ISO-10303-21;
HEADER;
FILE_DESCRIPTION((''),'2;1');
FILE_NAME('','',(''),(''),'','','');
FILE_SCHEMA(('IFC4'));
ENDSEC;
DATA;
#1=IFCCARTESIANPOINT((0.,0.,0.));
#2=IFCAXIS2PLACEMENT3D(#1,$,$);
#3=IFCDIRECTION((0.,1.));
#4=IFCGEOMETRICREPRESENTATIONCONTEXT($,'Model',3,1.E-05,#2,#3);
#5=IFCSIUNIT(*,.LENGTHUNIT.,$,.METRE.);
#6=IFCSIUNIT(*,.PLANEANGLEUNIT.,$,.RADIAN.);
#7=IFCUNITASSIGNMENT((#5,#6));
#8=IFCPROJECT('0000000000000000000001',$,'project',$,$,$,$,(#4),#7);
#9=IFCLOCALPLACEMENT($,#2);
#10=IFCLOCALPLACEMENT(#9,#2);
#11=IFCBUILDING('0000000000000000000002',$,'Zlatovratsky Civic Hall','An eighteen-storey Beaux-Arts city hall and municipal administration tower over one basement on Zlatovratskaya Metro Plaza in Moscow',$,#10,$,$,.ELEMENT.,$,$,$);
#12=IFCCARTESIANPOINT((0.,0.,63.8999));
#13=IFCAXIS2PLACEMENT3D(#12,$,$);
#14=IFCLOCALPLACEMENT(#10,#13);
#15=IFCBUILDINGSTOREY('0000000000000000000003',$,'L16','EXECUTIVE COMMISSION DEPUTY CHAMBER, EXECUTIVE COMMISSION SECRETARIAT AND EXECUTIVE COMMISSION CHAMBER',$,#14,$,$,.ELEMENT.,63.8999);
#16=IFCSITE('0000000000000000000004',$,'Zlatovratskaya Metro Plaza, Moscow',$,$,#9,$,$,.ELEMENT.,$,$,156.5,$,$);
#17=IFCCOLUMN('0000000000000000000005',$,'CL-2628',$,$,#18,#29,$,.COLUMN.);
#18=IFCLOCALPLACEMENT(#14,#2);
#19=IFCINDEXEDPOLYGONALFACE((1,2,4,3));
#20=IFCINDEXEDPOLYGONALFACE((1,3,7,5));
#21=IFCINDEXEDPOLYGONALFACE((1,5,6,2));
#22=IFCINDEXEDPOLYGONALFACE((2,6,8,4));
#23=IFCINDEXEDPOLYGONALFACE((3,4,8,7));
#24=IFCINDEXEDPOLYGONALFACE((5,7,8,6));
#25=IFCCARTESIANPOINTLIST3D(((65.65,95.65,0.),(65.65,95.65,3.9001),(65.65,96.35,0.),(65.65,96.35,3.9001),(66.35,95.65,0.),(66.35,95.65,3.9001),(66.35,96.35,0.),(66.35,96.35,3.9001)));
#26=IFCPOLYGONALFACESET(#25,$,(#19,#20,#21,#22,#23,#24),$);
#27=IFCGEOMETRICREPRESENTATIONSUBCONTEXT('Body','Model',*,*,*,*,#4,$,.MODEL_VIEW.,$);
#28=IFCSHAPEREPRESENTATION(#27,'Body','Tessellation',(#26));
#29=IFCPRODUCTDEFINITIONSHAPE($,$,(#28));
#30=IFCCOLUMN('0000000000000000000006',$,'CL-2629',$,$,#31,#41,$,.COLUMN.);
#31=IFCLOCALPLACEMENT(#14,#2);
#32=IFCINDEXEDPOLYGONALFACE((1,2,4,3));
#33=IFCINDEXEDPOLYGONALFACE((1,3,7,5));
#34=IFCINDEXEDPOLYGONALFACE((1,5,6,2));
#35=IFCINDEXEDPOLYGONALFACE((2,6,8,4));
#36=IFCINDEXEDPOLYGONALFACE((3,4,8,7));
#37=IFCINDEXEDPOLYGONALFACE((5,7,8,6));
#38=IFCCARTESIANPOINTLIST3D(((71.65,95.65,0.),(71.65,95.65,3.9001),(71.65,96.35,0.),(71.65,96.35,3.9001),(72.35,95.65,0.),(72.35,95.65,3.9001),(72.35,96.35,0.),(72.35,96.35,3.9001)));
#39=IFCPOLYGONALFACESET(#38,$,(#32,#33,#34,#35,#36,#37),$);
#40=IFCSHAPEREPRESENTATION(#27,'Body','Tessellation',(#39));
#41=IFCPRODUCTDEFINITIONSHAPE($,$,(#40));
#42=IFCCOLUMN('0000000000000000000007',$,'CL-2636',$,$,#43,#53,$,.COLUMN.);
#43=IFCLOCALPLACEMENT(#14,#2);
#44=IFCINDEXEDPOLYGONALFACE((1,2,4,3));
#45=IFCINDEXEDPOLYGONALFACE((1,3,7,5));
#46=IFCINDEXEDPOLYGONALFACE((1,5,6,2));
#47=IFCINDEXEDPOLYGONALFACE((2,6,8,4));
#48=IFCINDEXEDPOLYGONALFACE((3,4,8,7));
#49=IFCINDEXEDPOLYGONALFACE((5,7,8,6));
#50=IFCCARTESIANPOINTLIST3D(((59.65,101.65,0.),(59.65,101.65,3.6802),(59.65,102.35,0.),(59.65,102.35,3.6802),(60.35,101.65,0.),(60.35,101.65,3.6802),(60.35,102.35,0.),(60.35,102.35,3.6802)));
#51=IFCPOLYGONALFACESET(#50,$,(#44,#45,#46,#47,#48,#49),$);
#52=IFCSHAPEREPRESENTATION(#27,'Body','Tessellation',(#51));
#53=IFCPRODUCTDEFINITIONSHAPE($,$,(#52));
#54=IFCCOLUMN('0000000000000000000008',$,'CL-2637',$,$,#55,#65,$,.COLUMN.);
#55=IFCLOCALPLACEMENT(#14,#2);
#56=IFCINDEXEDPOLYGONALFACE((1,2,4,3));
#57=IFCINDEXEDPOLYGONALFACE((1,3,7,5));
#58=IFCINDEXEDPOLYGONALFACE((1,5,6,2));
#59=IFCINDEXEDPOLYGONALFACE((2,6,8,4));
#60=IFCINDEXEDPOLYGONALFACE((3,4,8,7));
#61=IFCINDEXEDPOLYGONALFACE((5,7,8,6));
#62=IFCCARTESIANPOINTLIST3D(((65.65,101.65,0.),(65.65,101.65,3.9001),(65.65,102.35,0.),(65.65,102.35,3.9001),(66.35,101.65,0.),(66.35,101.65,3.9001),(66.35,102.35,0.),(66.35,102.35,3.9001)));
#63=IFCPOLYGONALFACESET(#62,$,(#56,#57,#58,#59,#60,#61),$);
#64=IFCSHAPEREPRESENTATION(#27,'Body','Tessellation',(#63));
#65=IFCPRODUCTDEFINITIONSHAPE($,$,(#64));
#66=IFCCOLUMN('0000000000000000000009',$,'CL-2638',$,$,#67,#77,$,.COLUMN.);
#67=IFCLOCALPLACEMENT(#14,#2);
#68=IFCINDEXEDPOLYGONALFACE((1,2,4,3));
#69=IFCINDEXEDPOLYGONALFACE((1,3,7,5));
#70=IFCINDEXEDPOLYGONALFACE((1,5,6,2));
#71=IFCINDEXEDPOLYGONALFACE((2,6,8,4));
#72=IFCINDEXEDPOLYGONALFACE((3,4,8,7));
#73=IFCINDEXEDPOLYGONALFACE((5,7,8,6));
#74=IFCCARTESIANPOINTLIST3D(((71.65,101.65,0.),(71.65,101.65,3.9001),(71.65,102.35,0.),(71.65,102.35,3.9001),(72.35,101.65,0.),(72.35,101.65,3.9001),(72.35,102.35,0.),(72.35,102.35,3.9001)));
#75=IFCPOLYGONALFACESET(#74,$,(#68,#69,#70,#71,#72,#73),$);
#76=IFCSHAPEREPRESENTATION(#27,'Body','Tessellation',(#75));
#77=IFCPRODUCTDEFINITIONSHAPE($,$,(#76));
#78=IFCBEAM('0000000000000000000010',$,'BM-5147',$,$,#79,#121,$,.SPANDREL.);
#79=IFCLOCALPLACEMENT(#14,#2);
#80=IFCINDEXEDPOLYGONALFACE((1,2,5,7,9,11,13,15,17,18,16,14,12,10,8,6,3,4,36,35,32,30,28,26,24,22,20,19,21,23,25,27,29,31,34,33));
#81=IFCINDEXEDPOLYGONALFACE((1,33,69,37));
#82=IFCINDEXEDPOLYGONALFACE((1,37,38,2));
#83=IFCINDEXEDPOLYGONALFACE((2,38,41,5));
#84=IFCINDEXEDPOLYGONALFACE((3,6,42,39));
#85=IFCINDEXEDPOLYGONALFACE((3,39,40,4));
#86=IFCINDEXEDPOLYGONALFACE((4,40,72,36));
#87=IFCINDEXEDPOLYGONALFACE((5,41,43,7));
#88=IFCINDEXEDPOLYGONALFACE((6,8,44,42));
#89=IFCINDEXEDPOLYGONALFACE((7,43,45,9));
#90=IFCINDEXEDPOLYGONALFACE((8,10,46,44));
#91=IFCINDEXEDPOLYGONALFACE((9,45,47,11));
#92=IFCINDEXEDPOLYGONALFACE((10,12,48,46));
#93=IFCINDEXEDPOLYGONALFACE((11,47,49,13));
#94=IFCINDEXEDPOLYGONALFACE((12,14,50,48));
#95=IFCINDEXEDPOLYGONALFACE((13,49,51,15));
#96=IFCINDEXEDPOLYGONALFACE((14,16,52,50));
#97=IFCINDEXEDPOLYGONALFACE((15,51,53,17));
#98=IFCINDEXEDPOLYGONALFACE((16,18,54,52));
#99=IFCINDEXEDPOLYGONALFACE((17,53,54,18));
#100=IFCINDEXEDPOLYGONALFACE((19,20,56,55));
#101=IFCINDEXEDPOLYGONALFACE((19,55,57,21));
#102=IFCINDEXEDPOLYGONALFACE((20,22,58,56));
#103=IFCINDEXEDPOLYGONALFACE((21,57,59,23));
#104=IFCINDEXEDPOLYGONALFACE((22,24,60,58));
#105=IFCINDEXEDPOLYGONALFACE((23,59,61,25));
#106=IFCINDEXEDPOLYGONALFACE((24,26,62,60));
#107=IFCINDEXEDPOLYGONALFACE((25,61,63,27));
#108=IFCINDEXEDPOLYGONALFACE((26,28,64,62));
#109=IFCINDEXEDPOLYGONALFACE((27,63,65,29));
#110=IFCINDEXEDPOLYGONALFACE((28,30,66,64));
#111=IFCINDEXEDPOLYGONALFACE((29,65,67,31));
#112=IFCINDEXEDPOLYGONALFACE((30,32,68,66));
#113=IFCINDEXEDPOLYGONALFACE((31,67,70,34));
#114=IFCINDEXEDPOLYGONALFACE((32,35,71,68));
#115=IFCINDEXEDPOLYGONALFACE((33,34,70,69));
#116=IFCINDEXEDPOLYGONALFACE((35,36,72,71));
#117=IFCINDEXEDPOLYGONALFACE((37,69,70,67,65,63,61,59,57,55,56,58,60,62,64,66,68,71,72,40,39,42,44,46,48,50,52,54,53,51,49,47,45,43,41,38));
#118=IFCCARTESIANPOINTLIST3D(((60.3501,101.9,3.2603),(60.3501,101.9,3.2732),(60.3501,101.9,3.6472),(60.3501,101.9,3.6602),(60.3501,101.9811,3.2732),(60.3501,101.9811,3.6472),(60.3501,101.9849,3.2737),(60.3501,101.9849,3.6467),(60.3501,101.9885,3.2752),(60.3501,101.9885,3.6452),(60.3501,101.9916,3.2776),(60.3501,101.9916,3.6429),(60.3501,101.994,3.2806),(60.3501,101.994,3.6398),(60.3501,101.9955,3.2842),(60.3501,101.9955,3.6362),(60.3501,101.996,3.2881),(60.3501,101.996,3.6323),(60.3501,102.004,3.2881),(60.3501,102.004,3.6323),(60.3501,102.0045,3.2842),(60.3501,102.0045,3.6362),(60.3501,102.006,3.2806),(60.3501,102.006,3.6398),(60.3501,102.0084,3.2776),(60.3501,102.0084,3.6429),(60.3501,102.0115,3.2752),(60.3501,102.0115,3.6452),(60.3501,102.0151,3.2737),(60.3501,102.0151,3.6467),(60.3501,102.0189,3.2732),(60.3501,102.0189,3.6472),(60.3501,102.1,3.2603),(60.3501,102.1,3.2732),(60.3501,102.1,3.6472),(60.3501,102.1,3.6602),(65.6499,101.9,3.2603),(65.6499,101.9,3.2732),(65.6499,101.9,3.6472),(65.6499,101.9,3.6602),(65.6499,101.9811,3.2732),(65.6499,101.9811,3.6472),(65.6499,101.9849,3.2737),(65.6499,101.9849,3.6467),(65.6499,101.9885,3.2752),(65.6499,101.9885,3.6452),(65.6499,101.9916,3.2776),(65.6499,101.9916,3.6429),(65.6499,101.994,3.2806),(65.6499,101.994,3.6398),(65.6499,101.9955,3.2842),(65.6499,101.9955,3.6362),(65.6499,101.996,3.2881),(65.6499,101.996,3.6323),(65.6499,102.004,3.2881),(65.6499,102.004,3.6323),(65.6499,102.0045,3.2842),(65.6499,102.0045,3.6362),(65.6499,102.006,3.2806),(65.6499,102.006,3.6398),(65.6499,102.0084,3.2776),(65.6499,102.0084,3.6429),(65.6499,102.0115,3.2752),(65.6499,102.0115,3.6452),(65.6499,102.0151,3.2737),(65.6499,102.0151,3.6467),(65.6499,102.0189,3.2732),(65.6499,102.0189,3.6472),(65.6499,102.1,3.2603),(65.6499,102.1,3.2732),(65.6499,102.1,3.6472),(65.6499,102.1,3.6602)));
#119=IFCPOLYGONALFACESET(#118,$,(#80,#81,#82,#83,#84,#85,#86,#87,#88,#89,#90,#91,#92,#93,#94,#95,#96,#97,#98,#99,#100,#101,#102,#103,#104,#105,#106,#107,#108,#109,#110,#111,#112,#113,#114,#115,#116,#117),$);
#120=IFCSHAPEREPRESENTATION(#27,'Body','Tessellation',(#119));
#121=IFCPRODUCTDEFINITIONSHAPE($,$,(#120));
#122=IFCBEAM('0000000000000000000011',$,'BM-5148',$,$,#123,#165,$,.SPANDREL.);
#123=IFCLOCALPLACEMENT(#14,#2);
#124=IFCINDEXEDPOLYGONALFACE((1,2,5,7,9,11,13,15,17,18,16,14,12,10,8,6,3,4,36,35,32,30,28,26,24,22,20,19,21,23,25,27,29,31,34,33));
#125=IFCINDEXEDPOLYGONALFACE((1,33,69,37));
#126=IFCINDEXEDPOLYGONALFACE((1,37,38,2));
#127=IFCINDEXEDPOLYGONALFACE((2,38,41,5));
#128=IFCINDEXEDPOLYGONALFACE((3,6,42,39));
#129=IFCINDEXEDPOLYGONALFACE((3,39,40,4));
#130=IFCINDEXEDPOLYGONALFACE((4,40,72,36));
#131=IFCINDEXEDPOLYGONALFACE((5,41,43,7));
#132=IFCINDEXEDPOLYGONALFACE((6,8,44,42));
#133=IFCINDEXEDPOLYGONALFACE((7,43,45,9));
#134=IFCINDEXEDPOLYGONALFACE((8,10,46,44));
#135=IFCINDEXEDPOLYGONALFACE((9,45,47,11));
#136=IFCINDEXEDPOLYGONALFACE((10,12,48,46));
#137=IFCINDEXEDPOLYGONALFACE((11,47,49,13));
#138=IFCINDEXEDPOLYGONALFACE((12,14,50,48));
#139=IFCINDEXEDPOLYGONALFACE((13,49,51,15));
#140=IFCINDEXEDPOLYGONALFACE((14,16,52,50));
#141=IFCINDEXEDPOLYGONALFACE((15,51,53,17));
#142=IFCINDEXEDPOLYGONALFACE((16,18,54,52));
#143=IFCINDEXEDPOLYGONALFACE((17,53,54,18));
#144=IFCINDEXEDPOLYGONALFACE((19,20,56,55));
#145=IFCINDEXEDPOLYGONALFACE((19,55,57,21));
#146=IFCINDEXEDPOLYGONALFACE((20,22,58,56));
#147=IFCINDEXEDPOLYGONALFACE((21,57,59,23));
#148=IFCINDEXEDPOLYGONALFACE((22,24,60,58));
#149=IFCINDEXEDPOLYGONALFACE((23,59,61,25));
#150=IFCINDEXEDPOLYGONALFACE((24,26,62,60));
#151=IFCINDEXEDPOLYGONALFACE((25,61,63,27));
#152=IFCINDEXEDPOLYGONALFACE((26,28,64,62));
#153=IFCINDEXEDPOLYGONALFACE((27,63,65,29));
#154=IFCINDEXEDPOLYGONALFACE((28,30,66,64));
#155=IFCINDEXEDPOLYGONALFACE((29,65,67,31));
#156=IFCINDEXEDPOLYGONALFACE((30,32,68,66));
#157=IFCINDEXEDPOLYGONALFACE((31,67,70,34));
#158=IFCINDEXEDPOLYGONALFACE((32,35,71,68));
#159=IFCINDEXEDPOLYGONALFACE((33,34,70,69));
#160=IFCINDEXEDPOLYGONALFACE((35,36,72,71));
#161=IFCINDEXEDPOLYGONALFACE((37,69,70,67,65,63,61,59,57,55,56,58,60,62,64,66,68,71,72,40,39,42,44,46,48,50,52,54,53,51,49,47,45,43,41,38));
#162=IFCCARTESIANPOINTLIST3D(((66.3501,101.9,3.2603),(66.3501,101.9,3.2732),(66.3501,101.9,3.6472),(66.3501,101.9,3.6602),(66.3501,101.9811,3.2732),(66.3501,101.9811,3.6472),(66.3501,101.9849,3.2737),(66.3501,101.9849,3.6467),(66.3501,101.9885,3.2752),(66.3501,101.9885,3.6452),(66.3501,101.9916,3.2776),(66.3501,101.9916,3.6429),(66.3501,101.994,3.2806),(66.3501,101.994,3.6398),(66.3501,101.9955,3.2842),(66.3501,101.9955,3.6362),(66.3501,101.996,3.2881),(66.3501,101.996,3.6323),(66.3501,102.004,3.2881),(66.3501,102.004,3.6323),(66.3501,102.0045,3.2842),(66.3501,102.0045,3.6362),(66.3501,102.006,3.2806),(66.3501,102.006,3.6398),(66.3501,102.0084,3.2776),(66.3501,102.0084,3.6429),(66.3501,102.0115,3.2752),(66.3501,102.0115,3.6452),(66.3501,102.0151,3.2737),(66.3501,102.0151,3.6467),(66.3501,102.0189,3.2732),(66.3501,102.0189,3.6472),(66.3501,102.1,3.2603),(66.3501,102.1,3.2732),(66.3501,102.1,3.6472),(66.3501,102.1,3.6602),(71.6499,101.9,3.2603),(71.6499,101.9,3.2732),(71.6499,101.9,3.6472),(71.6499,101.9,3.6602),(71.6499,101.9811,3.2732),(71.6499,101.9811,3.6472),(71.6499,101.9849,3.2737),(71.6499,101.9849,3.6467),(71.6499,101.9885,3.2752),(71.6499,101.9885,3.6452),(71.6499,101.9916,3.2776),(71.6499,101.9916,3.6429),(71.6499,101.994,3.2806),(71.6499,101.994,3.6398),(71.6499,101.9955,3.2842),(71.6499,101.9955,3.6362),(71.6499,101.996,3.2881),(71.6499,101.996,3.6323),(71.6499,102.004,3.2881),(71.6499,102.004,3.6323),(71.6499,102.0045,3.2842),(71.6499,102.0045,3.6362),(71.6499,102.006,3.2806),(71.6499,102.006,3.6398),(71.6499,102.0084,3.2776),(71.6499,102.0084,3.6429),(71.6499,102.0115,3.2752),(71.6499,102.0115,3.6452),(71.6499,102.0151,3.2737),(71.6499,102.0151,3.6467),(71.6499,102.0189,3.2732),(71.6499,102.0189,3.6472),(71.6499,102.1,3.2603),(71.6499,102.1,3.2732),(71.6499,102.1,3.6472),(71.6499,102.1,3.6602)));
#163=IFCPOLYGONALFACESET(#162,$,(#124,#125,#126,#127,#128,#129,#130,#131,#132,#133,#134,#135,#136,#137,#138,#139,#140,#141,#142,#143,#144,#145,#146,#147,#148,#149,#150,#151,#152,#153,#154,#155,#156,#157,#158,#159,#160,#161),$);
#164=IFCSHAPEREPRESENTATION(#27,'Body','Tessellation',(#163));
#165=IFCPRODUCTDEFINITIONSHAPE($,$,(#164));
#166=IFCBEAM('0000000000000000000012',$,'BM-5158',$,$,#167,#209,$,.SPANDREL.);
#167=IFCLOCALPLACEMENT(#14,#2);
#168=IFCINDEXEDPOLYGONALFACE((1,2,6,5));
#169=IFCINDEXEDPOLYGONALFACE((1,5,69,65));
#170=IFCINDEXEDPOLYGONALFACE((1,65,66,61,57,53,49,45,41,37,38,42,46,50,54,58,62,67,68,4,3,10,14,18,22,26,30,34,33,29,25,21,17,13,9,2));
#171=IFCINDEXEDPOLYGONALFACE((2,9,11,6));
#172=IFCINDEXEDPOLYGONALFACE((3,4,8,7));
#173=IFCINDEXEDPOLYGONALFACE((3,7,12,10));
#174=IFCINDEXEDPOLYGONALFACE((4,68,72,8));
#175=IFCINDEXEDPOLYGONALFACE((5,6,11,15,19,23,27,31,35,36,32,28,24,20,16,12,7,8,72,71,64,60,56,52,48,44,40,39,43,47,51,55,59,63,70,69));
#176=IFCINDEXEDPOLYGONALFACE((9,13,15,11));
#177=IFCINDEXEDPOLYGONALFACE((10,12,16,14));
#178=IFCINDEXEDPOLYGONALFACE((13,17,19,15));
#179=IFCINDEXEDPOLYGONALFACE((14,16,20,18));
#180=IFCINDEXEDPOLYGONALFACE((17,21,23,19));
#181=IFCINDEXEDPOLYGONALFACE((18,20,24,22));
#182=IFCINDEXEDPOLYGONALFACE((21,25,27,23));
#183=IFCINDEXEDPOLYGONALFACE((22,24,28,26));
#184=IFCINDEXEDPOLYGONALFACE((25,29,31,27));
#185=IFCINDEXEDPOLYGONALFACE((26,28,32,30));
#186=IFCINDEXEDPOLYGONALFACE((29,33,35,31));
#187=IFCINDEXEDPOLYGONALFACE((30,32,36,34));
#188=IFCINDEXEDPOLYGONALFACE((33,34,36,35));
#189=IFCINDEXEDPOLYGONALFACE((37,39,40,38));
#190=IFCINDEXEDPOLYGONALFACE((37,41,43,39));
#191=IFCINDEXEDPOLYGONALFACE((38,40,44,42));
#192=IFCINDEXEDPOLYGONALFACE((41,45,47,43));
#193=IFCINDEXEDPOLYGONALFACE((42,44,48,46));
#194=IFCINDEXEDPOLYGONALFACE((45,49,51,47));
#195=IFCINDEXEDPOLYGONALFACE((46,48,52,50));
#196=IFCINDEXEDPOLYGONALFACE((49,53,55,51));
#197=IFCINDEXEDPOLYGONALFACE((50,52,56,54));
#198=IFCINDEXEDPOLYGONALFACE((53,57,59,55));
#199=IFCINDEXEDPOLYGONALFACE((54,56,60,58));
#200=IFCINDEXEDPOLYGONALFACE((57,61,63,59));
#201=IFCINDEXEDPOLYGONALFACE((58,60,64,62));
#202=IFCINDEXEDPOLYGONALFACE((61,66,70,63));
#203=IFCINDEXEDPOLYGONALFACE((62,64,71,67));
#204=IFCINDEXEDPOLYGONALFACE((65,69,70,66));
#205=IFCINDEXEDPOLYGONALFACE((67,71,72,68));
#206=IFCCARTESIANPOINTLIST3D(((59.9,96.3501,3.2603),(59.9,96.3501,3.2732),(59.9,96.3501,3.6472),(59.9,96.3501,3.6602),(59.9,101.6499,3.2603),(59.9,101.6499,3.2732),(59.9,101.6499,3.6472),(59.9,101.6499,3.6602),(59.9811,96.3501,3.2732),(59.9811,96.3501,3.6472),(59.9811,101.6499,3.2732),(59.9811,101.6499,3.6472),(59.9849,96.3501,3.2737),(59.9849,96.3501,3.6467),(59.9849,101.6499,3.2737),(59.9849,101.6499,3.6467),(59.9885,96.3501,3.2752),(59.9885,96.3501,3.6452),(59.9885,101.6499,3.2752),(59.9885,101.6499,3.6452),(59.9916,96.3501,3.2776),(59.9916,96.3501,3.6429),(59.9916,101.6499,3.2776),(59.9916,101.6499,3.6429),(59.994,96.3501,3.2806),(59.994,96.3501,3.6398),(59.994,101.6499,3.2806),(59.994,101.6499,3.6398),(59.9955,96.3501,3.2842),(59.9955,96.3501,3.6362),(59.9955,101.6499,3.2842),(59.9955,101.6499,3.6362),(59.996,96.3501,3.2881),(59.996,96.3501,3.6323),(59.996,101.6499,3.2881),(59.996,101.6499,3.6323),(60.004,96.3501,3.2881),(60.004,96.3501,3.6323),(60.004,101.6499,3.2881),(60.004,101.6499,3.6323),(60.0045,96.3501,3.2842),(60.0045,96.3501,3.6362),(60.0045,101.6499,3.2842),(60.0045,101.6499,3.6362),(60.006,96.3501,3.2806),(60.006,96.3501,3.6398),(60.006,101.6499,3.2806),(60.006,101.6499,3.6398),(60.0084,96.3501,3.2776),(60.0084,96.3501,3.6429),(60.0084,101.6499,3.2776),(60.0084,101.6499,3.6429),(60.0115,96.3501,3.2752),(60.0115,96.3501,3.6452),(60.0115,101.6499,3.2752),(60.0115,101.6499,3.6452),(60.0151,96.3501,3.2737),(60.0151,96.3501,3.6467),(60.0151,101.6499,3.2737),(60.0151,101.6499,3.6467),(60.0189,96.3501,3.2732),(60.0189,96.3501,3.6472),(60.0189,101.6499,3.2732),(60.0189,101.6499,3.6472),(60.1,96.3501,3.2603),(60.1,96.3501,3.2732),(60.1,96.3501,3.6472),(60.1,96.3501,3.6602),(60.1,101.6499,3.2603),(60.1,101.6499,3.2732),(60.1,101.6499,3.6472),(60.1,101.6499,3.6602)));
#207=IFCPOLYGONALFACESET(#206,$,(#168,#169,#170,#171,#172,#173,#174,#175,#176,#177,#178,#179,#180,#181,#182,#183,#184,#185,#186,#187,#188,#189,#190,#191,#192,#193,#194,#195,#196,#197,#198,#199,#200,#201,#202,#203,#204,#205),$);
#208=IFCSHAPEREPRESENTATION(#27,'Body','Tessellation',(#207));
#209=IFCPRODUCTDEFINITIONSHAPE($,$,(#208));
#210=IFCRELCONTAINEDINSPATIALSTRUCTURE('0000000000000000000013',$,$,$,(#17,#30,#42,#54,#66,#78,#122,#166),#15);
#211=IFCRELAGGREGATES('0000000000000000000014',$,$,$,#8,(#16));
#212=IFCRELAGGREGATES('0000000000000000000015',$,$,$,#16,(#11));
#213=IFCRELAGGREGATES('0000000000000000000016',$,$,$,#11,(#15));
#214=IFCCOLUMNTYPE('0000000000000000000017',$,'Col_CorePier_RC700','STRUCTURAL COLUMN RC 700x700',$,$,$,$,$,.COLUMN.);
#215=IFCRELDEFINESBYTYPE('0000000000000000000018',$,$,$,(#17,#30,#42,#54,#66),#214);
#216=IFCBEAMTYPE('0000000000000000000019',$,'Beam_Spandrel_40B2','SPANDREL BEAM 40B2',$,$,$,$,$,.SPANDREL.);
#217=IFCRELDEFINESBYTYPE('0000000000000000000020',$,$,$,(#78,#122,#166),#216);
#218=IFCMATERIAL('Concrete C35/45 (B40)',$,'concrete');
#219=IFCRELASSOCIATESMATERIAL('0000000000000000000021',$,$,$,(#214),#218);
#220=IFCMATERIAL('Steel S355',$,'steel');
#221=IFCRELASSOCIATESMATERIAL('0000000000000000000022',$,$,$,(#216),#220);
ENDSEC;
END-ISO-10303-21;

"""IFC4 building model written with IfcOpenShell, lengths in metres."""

from ifc_helpers import new_model, si_unit, direction, frame, origin, origin_2d, place, context, subcontext, project, spatial, rectangle, i_section, extrude, material, material_profile, profile_set, type_object, element, save


model = new_model("IFC4")

# Units and contexts
model_context = context("Model", 3, precision=1e-05, world=origin(), true_north=direction((0.0, 1.0)))
body_context = subcontext(model_context, "Body", "Model", "MODEL_VIEW")
ifc_project = project(units=[si_unit("LENGTHUNIT", "METRE"), si_unit("PLANEANGLEUNIT", "RADIAN")], contexts=[model_context])

# Site, building, storey
site_placement = place(None, origin())
site = spatial("IfcSite", under=ifc_project, at=site_placement, Name="Zlatovratskaya Metro Plaza, Moscow", CompositionType="ELEMENT", RefElevation=156.5)
building_placement = place(site_placement, origin())
building = spatial("IfcBuilding", under=site, at=building_placement, Name="Zlatovratsky Civic Hall", Description="An eighteen-storey Beaux-Arts city hall and municipal administration tower over one basement on Zlatovratskaya Metro Plaza in Moscow", CompositionType="ELEMENT")
storey_placement = place(building_placement, frame((0.0, 0.0, 63.8999)))
storey = spatial("IfcBuildingStorey", under=building, at=storey_placement, Name="L16", Description="EXECUTIVE COMMISSION DEPUTY CHAMBER, EXECUTIVE COMMISSION SECRETARIAT AND EXECUTIVE COMMISSION CHAMBER", CompositionType="ELEMENT", Elevation=63.8999)

# Columns
ifc_material_1 = material(Name="Concrete C35/45 (B40)", Category="concrete")
ifc_material_profile_1 = material_profile(ifc_material_1, rectangle(XDim=0.7, YDim=0.7, at=origin_2d()), Name="RC 700x700")
ifc_profile_set_1 = profile_set([ifc_material_profile_1], Name="Concrete C35/45 (B40)")
column_type = type_object("IfcColumnType", Name="Col_CorePier_RC700", Description="STRUCTURAL COLUMN RC 700x700", PredefinedType="COLUMN", material=ifc_profile_set_1)
for number, where, z_axis, x_axis, name in (
    (1, (66.0, 96.0, 0.0), (0.0, 0.0, 1.0), (1.0, 0.0, 0.0), "CL-2628"),
    (2, (72.0, 96.0, 0.0), (0.0, 0.0, 1.0), (1.0, 0.0, 0.0), "CL-2629"),
):
    element("IfcColumn", number, at=place(storey_placement, frame(where, z_axis=z_axis, x_axis=x_axis)), inside=storey, type_object=column_type, Name=name, PredefinedType="COLUMN", context=body_context, shape_type="SweptSolid", body=[
        extrude(rectangle(XDim=0.7, YDim=0.7, at=origin_2d()), origin(), (0.0, 0.0, 1.0), 3.9001),
    ])
column_placement = place(storey_placement, frame((60.0, 102.0, 0.0), z_axis=(0.0, 0.0, 1.0), x_axis=(1.0, 0.0, 0.0)))
element("IfcColumn", 3, at=column_placement, inside=storey, type_object=column_type, Name="CL-2636", PredefinedType="COLUMN", context=body_context, shape_type="SweptSolid", body=[
    extrude(rectangle(XDim=0.7, YDim=0.7, at=origin_2d()), origin(), (0.0, 0.0, 1.0), 3.6802),
])
for number, where, z_axis, x_axis, name in (
    (4, (66.0, 102.0, 0.0), (0.0, 0.0, 1.0), (1.0, 0.0, 0.0), "CL-2637"),
    (5, (72.0, 102.0, 0.0), (0.0, 0.0, 1.0), (1.0, 0.0, 0.0), "CL-2638"),
):
    element("IfcColumn", number, at=place(storey_placement, frame(where, z_axis=z_axis, x_axis=x_axis)), inside=storey, type_object=column_type, Name=name, PredefinedType="COLUMN", context=body_context, shape_type="SweptSolid", body=[
        extrude(rectangle(XDim=0.7, YDim=0.7, at=origin_2d()), origin(), (0.0, 0.0, 1.0), 3.9001),
    ])

# Beams
ifc_material_2 = material(Name="Steel S355", Category="steel")
ifc_material_profile_2 = material_profile(ifc_material_2, i_section(OverallWidth=0.2, OverallDepth=0.3999, WebThickness=0.0081, FlangeThickness=0.0129, FilletRadius=0.0149, at=origin_2d()), Name="40B2")
ifc_profile_set_2 = profile_set([ifc_material_profile_2], Name="Steel S355")
beam_type_1 = type_object("IfcBeamType", Name="Beam_Spandrel_40B2", Description="SPANDREL BEAM 40B2", PredefinedType="SPANDREL", material=ifc_profile_set_2)
for number, where, z_axis, x_axis, name in (
    (6, (60.3501, 102.0, 3.4602), (1.0, 0.0, 0.0), (0.0, 1.0, 0.0), "BM-5147"),
    (7, (66.3501, 102.0, 3.4602), (1.0, 0.0, 0.0), (0.0, 1.0, 0.0), "BM-5148"),
    (8, (60.0, 96.3501, 3.4602), (0.0, 1.0, 0.0), (-1.0, 0.0, 0.0), "BM-5158"),
):
    element("IfcBeam", number, at=place(storey_placement, frame(where, z_axis=z_axis, x_axis=x_axis)), inside=storey, type_object=beam_type_1, Name=name, PredefinedType="SPANDREL", context=body_context, shape_type="SweptSolid", body=[
        extrude(i_section(OverallWidth=0.2, OverallDepth=0.3999, WebThickness=0.0081, FlangeThickness=0.0129, FilletRadius=0.0149, at=origin_2d()), origin(), (0.0, 0.0, 1.0), 5.2998),
    ])

save(model, "model.ifc")
